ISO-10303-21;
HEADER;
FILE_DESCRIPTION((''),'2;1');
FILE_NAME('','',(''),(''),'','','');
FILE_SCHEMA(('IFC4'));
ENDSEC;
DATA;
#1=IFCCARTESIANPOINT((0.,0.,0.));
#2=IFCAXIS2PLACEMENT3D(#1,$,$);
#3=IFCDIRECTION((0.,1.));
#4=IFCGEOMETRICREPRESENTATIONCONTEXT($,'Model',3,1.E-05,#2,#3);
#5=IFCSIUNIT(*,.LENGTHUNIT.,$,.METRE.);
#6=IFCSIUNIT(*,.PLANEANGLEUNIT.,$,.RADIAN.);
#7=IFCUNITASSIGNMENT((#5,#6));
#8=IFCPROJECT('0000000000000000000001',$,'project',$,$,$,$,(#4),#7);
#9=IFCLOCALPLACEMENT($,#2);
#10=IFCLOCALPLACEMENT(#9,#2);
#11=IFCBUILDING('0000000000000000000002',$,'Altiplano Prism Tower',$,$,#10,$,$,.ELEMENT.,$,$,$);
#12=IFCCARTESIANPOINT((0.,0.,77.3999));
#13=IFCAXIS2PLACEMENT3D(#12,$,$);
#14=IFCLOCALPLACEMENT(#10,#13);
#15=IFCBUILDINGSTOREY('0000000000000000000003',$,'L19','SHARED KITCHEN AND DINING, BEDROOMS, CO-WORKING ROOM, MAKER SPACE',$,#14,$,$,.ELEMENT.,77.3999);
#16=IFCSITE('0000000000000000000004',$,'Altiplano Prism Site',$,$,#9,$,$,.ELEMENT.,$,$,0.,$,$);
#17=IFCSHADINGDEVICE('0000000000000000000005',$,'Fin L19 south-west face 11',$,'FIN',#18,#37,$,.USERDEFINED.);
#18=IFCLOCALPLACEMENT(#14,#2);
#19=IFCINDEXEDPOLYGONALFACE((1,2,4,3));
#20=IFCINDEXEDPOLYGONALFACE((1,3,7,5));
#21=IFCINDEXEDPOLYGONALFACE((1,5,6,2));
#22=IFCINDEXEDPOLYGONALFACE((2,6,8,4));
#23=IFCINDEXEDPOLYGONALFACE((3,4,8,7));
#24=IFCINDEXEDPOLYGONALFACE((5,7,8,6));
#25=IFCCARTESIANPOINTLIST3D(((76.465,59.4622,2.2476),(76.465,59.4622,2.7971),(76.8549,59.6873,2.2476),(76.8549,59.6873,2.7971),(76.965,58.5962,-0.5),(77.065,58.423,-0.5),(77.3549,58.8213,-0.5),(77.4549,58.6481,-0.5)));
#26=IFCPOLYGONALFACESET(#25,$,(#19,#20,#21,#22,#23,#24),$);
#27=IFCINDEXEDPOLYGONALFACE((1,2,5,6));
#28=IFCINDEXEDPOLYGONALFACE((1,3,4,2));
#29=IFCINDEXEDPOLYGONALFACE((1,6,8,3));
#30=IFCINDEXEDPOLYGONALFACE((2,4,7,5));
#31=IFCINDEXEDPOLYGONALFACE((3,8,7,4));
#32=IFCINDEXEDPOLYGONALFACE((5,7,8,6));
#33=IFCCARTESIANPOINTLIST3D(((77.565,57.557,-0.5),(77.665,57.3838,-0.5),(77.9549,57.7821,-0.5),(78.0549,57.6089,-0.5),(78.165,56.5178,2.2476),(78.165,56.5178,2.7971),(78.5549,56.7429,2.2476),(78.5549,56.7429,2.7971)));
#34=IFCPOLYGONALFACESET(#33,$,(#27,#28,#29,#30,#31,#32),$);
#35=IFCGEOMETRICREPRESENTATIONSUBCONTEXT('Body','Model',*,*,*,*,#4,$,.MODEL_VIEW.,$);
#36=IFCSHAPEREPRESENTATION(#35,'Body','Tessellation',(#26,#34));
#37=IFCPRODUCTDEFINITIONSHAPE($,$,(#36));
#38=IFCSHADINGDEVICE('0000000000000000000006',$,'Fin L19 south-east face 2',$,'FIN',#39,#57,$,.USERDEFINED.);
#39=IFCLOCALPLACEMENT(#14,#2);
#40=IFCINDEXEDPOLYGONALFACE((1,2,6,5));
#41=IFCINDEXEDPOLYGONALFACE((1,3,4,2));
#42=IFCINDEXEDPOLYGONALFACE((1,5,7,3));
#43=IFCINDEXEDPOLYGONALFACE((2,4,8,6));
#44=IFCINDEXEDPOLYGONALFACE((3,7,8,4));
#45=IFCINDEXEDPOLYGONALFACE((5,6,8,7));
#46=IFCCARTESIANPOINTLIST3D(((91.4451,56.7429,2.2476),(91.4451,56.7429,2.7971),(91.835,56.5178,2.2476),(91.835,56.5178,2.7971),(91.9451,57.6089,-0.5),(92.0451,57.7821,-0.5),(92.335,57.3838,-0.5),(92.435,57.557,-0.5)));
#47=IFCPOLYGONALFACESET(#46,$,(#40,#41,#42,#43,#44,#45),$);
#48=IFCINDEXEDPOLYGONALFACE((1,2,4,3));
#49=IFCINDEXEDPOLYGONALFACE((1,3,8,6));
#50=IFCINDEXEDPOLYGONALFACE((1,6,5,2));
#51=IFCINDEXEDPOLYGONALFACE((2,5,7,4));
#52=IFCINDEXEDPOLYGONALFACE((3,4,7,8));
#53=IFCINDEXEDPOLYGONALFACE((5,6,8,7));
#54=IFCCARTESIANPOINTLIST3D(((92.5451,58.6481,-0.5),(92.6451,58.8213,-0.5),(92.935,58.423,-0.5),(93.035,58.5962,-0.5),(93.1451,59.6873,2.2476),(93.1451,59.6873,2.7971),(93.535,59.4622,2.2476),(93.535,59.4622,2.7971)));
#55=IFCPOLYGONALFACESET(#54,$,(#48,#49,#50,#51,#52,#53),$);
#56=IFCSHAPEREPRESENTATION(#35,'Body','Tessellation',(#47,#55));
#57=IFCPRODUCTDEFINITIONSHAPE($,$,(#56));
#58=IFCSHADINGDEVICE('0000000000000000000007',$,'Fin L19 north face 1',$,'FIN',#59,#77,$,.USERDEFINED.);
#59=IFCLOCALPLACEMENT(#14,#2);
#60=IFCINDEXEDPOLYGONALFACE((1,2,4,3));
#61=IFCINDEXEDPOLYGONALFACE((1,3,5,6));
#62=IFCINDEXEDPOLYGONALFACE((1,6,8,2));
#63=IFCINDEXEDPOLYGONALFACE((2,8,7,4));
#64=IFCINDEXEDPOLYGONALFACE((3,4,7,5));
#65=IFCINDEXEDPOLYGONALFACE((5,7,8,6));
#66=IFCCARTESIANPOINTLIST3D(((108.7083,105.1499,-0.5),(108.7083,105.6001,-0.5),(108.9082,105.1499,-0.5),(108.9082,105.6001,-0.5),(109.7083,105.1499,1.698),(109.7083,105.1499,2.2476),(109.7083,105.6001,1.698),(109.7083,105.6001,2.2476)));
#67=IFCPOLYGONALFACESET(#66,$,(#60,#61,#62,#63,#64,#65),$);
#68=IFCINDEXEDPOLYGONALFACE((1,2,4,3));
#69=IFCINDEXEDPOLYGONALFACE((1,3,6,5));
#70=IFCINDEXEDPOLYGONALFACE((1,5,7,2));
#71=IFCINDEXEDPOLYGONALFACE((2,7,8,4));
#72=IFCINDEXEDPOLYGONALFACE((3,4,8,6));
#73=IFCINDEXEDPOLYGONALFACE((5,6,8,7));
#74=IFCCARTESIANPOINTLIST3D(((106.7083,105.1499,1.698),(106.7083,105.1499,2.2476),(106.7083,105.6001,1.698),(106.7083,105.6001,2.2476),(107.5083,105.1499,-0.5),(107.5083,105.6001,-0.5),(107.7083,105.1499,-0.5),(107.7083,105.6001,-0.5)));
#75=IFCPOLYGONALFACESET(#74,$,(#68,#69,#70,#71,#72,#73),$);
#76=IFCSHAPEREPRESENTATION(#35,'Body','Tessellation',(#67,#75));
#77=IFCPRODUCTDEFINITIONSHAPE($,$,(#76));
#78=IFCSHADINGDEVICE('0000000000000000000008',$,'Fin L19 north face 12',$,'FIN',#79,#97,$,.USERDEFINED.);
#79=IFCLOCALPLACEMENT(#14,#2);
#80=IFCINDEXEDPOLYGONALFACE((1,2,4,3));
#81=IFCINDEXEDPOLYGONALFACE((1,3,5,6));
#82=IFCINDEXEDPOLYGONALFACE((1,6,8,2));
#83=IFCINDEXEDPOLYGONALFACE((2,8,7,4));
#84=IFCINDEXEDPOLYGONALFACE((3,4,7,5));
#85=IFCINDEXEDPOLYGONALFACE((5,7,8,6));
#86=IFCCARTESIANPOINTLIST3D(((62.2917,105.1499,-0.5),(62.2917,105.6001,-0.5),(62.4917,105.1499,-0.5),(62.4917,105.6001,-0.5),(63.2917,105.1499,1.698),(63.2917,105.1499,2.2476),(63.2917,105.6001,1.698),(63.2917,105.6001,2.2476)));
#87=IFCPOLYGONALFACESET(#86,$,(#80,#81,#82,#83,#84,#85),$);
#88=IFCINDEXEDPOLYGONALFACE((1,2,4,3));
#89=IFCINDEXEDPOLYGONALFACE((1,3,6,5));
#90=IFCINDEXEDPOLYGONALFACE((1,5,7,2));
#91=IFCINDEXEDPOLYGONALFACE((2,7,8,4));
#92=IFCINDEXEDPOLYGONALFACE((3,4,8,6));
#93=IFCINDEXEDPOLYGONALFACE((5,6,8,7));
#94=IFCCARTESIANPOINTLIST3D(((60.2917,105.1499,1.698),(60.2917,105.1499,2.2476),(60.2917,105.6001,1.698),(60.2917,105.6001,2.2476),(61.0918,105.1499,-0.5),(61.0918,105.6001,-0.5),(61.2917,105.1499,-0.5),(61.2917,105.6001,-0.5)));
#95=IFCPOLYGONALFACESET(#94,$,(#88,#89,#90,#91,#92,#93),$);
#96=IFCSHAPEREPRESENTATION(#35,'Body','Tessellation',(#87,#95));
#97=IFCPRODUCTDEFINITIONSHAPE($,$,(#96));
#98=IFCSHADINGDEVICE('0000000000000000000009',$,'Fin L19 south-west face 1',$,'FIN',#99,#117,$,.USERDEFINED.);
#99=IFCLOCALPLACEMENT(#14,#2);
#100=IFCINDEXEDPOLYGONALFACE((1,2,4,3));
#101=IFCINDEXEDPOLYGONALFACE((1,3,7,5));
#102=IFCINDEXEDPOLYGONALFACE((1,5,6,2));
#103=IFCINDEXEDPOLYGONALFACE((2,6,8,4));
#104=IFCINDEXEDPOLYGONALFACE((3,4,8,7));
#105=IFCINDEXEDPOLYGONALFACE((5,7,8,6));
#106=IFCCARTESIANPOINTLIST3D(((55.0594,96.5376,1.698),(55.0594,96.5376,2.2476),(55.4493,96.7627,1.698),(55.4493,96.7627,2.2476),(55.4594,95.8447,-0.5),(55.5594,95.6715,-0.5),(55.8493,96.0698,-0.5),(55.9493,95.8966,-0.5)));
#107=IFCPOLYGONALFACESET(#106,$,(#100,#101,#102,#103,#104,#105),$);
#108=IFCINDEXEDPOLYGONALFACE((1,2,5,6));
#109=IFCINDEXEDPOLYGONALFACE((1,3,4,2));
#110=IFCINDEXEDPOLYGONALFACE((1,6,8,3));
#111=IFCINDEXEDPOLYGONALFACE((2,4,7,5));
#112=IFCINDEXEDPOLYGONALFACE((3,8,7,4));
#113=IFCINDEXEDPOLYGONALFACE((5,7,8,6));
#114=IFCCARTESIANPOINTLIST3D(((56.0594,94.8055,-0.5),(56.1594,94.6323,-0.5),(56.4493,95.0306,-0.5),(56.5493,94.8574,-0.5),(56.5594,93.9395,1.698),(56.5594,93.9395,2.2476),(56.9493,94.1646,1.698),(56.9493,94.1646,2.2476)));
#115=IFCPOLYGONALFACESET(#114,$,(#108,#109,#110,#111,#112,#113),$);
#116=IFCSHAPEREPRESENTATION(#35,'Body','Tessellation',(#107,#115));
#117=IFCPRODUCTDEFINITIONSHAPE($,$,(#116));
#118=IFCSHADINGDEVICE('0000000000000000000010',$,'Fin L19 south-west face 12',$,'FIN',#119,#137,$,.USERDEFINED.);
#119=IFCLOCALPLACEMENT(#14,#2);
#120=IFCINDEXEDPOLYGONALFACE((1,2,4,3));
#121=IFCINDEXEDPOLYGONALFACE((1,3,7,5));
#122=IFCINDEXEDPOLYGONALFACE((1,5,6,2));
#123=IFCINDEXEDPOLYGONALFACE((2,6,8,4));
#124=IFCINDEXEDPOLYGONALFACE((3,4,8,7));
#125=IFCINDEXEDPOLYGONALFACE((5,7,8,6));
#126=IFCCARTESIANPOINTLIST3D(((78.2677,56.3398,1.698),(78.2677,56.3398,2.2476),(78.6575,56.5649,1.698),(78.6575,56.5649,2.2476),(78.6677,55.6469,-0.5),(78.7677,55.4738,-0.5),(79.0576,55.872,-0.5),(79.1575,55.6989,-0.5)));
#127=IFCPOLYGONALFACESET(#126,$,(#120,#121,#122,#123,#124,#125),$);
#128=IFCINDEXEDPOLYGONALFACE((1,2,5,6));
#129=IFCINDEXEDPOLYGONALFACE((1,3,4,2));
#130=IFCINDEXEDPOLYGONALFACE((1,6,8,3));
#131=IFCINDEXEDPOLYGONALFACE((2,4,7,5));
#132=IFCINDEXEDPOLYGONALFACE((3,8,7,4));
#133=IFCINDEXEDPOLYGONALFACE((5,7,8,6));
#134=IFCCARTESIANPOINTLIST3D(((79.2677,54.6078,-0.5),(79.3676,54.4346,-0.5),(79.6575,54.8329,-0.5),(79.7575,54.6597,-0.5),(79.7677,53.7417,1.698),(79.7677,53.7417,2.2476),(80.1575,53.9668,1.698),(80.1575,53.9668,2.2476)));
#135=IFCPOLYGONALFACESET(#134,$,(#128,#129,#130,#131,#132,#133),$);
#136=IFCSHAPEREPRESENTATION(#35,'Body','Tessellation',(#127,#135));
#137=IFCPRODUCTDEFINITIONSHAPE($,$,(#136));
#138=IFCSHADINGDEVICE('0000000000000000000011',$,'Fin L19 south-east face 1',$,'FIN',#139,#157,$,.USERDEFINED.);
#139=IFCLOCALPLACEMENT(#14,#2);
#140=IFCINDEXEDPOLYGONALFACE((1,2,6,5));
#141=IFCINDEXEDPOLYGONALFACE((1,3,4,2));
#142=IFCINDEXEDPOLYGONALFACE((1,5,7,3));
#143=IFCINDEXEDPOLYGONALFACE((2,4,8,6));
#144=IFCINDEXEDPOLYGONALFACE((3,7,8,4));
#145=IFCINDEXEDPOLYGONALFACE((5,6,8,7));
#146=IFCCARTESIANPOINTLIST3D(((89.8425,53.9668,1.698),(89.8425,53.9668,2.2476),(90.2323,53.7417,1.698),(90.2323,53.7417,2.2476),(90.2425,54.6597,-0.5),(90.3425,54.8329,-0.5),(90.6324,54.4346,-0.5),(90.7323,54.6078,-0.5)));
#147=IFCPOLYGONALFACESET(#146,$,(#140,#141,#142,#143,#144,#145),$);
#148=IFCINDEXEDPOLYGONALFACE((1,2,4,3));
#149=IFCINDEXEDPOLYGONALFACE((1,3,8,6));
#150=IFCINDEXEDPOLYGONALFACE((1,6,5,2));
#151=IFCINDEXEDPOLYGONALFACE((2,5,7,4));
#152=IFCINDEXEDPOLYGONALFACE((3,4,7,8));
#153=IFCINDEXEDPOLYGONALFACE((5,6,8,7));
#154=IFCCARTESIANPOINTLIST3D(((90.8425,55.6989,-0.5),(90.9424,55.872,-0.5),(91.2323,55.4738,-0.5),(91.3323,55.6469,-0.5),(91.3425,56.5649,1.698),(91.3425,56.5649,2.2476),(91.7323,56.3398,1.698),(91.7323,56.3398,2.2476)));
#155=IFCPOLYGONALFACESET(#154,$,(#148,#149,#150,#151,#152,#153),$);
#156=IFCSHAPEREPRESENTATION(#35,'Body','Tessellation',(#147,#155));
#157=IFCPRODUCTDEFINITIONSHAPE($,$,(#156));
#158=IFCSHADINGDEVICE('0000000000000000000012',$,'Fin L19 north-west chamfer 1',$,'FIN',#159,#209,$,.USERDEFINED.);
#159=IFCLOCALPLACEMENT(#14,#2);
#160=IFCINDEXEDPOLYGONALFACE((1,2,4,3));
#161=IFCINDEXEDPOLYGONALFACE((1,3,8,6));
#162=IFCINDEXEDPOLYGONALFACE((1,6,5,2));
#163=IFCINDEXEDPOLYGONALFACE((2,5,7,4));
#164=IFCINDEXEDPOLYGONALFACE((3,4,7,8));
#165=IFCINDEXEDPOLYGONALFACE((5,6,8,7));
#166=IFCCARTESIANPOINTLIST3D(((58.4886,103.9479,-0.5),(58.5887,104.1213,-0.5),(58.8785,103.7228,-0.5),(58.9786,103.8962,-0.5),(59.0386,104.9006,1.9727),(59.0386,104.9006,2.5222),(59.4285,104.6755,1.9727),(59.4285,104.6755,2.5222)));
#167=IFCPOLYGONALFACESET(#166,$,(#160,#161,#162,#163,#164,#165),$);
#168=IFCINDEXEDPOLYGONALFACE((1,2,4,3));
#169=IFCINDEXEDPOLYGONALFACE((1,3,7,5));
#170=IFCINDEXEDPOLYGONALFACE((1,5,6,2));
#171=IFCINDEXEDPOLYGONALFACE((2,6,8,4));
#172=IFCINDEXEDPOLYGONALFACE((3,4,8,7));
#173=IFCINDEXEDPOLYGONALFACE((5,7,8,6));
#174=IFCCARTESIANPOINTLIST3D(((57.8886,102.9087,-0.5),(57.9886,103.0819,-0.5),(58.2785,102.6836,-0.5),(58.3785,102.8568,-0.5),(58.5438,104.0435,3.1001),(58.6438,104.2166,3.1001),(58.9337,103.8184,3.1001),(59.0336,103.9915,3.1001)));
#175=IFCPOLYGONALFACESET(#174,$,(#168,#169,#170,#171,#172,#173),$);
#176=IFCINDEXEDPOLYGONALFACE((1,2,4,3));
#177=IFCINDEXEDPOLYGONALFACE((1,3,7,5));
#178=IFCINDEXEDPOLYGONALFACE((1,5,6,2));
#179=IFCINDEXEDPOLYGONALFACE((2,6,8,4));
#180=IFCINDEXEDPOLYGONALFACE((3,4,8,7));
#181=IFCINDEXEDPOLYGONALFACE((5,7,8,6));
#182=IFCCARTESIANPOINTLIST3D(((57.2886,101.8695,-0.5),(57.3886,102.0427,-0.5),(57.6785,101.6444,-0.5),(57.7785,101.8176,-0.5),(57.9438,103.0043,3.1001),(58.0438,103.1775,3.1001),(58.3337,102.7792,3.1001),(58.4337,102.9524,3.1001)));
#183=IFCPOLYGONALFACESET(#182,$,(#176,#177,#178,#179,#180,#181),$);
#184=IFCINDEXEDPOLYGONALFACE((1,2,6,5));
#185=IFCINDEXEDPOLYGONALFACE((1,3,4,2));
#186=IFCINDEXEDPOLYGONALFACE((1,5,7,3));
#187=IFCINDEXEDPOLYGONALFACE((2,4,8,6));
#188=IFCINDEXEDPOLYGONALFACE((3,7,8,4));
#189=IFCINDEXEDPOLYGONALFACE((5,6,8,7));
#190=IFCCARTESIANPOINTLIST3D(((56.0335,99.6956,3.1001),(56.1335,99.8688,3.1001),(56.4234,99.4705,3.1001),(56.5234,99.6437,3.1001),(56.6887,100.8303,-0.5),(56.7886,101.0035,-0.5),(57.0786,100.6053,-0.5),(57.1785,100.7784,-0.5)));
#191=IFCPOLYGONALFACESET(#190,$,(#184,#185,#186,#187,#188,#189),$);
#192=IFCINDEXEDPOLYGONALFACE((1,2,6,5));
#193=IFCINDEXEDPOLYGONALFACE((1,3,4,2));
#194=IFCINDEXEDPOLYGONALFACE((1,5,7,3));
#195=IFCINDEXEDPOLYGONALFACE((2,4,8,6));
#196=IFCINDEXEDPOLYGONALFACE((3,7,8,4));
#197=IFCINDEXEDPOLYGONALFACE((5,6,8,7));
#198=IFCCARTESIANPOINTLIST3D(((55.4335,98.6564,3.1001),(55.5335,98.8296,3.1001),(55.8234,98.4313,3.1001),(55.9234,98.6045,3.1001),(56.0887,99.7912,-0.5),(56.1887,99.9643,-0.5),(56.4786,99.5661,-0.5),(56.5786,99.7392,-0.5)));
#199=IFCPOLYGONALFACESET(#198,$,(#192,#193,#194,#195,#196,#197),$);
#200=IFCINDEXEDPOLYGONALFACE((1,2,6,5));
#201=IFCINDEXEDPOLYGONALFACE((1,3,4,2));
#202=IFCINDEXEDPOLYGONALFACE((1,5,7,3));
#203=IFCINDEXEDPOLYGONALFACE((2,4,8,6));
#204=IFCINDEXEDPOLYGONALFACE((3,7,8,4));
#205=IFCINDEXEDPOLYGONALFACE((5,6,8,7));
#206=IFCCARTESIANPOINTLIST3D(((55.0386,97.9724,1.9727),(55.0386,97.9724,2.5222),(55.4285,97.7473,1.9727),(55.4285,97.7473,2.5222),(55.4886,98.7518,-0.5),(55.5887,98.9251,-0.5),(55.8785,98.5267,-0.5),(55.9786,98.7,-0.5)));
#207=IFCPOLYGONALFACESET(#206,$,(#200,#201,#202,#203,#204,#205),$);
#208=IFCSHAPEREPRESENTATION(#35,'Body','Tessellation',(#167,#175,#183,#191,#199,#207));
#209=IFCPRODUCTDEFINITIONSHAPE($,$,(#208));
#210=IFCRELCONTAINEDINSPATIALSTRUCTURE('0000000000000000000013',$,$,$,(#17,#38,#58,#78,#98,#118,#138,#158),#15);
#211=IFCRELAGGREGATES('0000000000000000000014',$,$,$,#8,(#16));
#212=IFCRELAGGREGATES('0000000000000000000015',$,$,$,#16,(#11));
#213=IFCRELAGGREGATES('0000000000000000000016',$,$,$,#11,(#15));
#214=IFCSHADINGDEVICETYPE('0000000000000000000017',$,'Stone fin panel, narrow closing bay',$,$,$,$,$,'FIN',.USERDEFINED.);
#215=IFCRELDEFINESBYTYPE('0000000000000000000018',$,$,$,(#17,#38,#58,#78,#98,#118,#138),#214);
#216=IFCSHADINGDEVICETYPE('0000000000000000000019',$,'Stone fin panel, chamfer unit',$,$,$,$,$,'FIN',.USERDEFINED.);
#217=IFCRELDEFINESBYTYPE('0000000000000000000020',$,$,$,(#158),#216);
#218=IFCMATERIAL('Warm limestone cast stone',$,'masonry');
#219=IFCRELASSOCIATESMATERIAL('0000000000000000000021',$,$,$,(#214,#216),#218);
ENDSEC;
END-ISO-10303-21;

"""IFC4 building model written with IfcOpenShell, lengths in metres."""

from ifc_helpers import new_model, si_unit, direction, frame, origin, place, context, subcontext, project, spatial, polyline, outline, extrude, source, transform, mapped, material, type_object, element, save


model = new_model("IFC4")

# Units and contexts
model_context = context("Model", 3, precision=1e-05, world=origin(), true_north=direction((0.0, 1.0)))
body_context = subcontext(model_context, "Body", "Model", "MODEL_VIEW")
ifc_project = project(units=[si_unit("LENGTHUNIT", "METRE"), si_unit("PLANEANGLEUNIT", "RADIAN")], contexts=[model_context])

# Site, building, storey
site_placement = place(None, origin())
site = spatial("IfcSite", under=ifc_project, at=site_placement, Name="Altiplano Prism Site", CompositionType="ELEMENT", RefElevation=0.0)
building_placement = place(site_placement, origin())
building = spatial("IfcBuilding", under=site, at=building_placement, Name="Altiplano Prism Tower", CompositionType="ELEMENT")
storey_placement = place(building_placement, frame((0.0, 0.0, 77.3999)))
storey = spatial("IfcBuildingStorey", under=building, at=storey_placement, Name="L19", Description="SHARED KITCHEN AND DINING, BEDROOMS, CO-WORKING ROOM, MAKER SPACE", CompositionType="ELEMENT", Elevation=77.3999)

# Shading devices
ifc_material_1 = material(Name="Warm limestone cast stone", Category="masonry")
shading_device_type_1 = type_object("IfcShadingDeviceType", Name="Stone fin panel, narrow closing bay", ElementType="FIN", PredefinedType="USERDEFINED", material=ifc_material_1)
shared_shape_1 = source(origin(), body_context, "Body", "SweptSolid", [
    extrude(outline(polyline([(-1.7, 3.2971), (-1.7, 2.7476), (-0.7, 0.0), (-0.5, 0.0), (-1.7, 3.2971)])), frame((0.0, -0.1499, 0.0), z_axis=(0.0, -1.0, 0.0), x_axis=(1.0, 0.0, 0.0)), (0.0, 0.0, 1.0), 0.4502),
    extrude(outline(polyline([(1.7, 2.7476), (1.7, 3.2971), (0.5, 0.0), (0.7, 0.0), (1.7, 2.7476)])), frame((0.0, -0.1499, 0.0), z_axis=(0.0, -1.0, 0.0), x_axis=(1.0, 0.0, 0.0)), (0.0, 0.0, 1.0), 0.4502),
])
shading_device_1_placement = place(storey_placement, origin())
element("IfcShadingDevice", 1, at=shading_device_1_placement, inside=storey, type_object=shading_device_type_1, Name="Fin L19 south-west face 11", ObjectType="FIN", PredefinedType="USERDEFINED", context=body_context, shape_type="MappedRepresentation", body=[
    mapped(shared_shape_1, transform((77.8347, 58.29, -0.5), x_axis=(0.5, -0.866025, 0.0), y_axis=(0.866025, 0.5, 0.0), z_axis=(0.0, 0.0, 1.0))),
])
shading_device_2_placement = place(storey_placement, origin())
element("IfcShadingDevice", 2, at=shading_device_2_placement, inside=storey, type_object=shading_device_type_1, Name="Fin L19 south-east face 2", ObjectType="FIN", PredefinedType="USERDEFINED", context=body_context, shape_type="MappedRepresentation", body=[
    mapped(shared_shape_1, transform((92.1653, 58.29, -0.5), x_axis=(0.5, 0.866025, 0.0), y_axis=(-0.866025, 0.5, 0.0), z_axis=(0.0, 0.0, 1.0))),
])
shared_shape_2 = source(origin(), body_context, "Body", "SweptSolid", [
    extrude(outline(polyline([(-1.5, 2.7476), (-1.5, 2.198), (-0.7, 0.0), (-0.5, 0.0), (-1.5, 2.7476)])), frame((0.0, -0.1499, 0.0), z_axis=(0.0, -1.0, 0.0), x_axis=(1.0, 0.0, 0.0)), (0.0, 0.0, 1.0), 0.4502),
    extrude(outline(polyline([(1.5, 2.198), (1.5, 2.7476), (0.5, 0.0), (0.7, 0.0), (1.5, 2.198)])), frame((0.0, -0.1499, 0.0), z_axis=(0.0, -1.0, 0.0), x_axis=(1.0, 0.0, 0.0)), (0.0, 0.0, 1.0), 0.4502),
])
shading_device_3_placement = place(storey_placement, origin())
element("IfcShadingDevice", 3, at=shading_device_3_placement, inside=storey, type_object=shading_device_type_1, Name="Fin L19 north face 1", ObjectType="FIN", PredefinedType="USERDEFINED", context=body_context, shape_type="MappedRepresentation", body=[
    mapped(shared_shape_2, transform((108.2083, 105.0, -0.5), x_axis=(-1.0, 0.0, 0.0), y_axis=(0.0, -1.0, 0.0), z_axis=(0.0, 0.0, 1.0))),
])
shading_device_4_placement = place(storey_placement, origin())
element("IfcShadingDevice", 4, at=shading_device_4_placement, inside=storey, type_object=shading_device_type_1, Name="Fin L19 north face 12", ObjectType="FIN", PredefinedType="USERDEFINED", context=body_context, shape_type="MappedRepresentation", body=[
    mapped(shared_shape_2, transform((61.7917, 105.0, -0.5), x_axis=(-1.0, 0.0, 0.0), y_axis=(0.0, -1.0, 0.0), z_axis=(0.0, 0.0, 1.0))),
])
shading_device_5_placement = place(storey_placement, origin())
element("IfcShadingDevice", 5, at=shading_device_5_placement, inside=storey, type_object=shading_device_type_1, Name="Fin L19 south-west face 1", ObjectType="FIN", PredefinedType="USERDEFINED", context=body_context, shape_type="MappedRepresentation", body=[
    mapped(shared_shape_2, transform((56.3291, 95.5386, -0.5), x_axis=(0.5, -0.866025, 0.0), y_axis=(0.866025, 0.5, 0.0), z_axis=(0.0, 0.0, 1.0))),
])
shading_device_6_placement = place(storey_placement, origin())
element("IfcShadingDevice", 6, at=shading_device_6_placement, inside=storey, type_object=shading_device_type_1, Name="Fin L19 south-west face 12", ObjectType="FIN", PredefinedType="USERDEFINED", context=body_context, shape_type="MappedRepresentation", body=[
    mapped(shared_shape_2, transform((79.5374, 55.3408, -0.5), x_axis=(0.5, -0.866025, 0.0), y_axis=(0.866025, 0.5, 0.0), z_axis=(0.0, 0.0, 1.0))),
])
shading_device_7_placement = place(storey_placement, origin())
element("IfcShadingDevice", 7, at=shading_device_7_placement, inside=storey, type_object=shading_device_type_1, Name="Fin L19 south-east face 1", ObjectType="FIN", PredefinedType="USERDEFINED", context=body_context, shape_type="MappedRepresentation", body=[
    mapped(shared_shape_2, transform((90.4626, 55.3408, -0.5), x_axis=(0.5, 0.866025, 0.0), y_axis=(-0.866025, 0.5, 0.0), z_axis=(0.0, 0.0, 1.0))),
])
shading_device_type_2 = type_object("IfcShadingDeviceType", Name="Stone fin panel, chamfer unit", ElementType="FIN", PredefinedType="USERDEFINED", material=ifc_material_1)
shared_shape_3 = source(origin(), body_context, "Body", "SweptSolid", [
    extrude(outline(polyline([(-4.0, 3.0222), (-4.0, 2.4727), (-3.1001, 0.0), (-2.8999, 0.0), (-4.0, 3.0222)])), frame((0.0, -0.1499, 0.0), z_axis=(0.0, -1.0, 0.0), x_axis=(1.0, 0.0, 0.0)), (0.0, 0.0, 1.0), 0.4502),
    extrude(outline(polyline([(-3.2102, 3.6001), (-1.8999, 0.0), (-1.7, 0.0), (-3.0103, 3.6001), (-3.2102, 3.6001)])), frame((0.0, -0.1499, 0.0), z_axis=(0.0, -1.0, 0.0), x_axis=(1.0, 0.0, 0.0)), (0.0, 0.0, 1.0), 0.4502),
    extrude(outline(polyline([(-2.0103, 3.6001), (-0.7, 0.0), (-0.5, 0.0), (-1.8103, 3.6001), (-2.0103, 3.6001)])), frame((0.0, -0.1499, 0.0), z_axis=(0.0, -1.0, 0.0), x_axis=(1.0, 0.0, 0.0)), (0.0, 0.0, 1.0), 0.4502),
    extrude(outline(polyline([(1.8103, 3.6001), (0.5, 0.0), (0.7, 0.0), (2.0103, 3.6001), (1.8103, 3.6001)])), frame((0.0, -0.1499, 0.0), z_axis=(0.0, -1.0, 0.0), x_axis=(1.0, 0.0, 0.0)), (0.0, 0.0, 1.0), 0.4502),
    extrude(outline(polyline([(3.0103, 3.6001), (1.7, 0.0), (1.8999, 0.0), (3.2102, 3.6001), (3.0103, 3.6001)])), frame((0.0, -0.1499, 0.0), z_axis=(0.0, -1.0, 0.0), x_axis=(1.0, 0.0, 0.0)), (0.0, 0.0, 1.0), 0.4502),
    extrude(outline(polyline([(4.0, 2.4727), (4.0, 3.0222), (2.8999, 0.0), (3.1001, 0.0), (4.0, 2.4727)])), frame((0.0, -0.1499, 0.0), z_axis=(0.0, -1.0, 0.0), x_axis=(1.0, 0.0, 0.0)), (0.0, 0.0, 1.0), 0.4502),
])
shading_device_8_placement = place(storey_placement, origin())
element("IfcShadingDevice", 8, at=shading_device_8_placement, inside=storey, type_object=shading_device_type_2, Name="Fin L19 north-west chamfer 1", ObjectType="FIN", PredefinedType="USERDEFINED", context=body_context, shape_type="MappedRepresentation", body=[
    mapped(shared_shape_3, transform((57.5583, 101.1365, -0.5), x_axis=(-0.5, -0.866025, 0.0), y_axis=(0.866025, -0.5, 0.0), z_axis=(0.0, 0.0, 1.0))),
])

save(model, "model.ifc")
